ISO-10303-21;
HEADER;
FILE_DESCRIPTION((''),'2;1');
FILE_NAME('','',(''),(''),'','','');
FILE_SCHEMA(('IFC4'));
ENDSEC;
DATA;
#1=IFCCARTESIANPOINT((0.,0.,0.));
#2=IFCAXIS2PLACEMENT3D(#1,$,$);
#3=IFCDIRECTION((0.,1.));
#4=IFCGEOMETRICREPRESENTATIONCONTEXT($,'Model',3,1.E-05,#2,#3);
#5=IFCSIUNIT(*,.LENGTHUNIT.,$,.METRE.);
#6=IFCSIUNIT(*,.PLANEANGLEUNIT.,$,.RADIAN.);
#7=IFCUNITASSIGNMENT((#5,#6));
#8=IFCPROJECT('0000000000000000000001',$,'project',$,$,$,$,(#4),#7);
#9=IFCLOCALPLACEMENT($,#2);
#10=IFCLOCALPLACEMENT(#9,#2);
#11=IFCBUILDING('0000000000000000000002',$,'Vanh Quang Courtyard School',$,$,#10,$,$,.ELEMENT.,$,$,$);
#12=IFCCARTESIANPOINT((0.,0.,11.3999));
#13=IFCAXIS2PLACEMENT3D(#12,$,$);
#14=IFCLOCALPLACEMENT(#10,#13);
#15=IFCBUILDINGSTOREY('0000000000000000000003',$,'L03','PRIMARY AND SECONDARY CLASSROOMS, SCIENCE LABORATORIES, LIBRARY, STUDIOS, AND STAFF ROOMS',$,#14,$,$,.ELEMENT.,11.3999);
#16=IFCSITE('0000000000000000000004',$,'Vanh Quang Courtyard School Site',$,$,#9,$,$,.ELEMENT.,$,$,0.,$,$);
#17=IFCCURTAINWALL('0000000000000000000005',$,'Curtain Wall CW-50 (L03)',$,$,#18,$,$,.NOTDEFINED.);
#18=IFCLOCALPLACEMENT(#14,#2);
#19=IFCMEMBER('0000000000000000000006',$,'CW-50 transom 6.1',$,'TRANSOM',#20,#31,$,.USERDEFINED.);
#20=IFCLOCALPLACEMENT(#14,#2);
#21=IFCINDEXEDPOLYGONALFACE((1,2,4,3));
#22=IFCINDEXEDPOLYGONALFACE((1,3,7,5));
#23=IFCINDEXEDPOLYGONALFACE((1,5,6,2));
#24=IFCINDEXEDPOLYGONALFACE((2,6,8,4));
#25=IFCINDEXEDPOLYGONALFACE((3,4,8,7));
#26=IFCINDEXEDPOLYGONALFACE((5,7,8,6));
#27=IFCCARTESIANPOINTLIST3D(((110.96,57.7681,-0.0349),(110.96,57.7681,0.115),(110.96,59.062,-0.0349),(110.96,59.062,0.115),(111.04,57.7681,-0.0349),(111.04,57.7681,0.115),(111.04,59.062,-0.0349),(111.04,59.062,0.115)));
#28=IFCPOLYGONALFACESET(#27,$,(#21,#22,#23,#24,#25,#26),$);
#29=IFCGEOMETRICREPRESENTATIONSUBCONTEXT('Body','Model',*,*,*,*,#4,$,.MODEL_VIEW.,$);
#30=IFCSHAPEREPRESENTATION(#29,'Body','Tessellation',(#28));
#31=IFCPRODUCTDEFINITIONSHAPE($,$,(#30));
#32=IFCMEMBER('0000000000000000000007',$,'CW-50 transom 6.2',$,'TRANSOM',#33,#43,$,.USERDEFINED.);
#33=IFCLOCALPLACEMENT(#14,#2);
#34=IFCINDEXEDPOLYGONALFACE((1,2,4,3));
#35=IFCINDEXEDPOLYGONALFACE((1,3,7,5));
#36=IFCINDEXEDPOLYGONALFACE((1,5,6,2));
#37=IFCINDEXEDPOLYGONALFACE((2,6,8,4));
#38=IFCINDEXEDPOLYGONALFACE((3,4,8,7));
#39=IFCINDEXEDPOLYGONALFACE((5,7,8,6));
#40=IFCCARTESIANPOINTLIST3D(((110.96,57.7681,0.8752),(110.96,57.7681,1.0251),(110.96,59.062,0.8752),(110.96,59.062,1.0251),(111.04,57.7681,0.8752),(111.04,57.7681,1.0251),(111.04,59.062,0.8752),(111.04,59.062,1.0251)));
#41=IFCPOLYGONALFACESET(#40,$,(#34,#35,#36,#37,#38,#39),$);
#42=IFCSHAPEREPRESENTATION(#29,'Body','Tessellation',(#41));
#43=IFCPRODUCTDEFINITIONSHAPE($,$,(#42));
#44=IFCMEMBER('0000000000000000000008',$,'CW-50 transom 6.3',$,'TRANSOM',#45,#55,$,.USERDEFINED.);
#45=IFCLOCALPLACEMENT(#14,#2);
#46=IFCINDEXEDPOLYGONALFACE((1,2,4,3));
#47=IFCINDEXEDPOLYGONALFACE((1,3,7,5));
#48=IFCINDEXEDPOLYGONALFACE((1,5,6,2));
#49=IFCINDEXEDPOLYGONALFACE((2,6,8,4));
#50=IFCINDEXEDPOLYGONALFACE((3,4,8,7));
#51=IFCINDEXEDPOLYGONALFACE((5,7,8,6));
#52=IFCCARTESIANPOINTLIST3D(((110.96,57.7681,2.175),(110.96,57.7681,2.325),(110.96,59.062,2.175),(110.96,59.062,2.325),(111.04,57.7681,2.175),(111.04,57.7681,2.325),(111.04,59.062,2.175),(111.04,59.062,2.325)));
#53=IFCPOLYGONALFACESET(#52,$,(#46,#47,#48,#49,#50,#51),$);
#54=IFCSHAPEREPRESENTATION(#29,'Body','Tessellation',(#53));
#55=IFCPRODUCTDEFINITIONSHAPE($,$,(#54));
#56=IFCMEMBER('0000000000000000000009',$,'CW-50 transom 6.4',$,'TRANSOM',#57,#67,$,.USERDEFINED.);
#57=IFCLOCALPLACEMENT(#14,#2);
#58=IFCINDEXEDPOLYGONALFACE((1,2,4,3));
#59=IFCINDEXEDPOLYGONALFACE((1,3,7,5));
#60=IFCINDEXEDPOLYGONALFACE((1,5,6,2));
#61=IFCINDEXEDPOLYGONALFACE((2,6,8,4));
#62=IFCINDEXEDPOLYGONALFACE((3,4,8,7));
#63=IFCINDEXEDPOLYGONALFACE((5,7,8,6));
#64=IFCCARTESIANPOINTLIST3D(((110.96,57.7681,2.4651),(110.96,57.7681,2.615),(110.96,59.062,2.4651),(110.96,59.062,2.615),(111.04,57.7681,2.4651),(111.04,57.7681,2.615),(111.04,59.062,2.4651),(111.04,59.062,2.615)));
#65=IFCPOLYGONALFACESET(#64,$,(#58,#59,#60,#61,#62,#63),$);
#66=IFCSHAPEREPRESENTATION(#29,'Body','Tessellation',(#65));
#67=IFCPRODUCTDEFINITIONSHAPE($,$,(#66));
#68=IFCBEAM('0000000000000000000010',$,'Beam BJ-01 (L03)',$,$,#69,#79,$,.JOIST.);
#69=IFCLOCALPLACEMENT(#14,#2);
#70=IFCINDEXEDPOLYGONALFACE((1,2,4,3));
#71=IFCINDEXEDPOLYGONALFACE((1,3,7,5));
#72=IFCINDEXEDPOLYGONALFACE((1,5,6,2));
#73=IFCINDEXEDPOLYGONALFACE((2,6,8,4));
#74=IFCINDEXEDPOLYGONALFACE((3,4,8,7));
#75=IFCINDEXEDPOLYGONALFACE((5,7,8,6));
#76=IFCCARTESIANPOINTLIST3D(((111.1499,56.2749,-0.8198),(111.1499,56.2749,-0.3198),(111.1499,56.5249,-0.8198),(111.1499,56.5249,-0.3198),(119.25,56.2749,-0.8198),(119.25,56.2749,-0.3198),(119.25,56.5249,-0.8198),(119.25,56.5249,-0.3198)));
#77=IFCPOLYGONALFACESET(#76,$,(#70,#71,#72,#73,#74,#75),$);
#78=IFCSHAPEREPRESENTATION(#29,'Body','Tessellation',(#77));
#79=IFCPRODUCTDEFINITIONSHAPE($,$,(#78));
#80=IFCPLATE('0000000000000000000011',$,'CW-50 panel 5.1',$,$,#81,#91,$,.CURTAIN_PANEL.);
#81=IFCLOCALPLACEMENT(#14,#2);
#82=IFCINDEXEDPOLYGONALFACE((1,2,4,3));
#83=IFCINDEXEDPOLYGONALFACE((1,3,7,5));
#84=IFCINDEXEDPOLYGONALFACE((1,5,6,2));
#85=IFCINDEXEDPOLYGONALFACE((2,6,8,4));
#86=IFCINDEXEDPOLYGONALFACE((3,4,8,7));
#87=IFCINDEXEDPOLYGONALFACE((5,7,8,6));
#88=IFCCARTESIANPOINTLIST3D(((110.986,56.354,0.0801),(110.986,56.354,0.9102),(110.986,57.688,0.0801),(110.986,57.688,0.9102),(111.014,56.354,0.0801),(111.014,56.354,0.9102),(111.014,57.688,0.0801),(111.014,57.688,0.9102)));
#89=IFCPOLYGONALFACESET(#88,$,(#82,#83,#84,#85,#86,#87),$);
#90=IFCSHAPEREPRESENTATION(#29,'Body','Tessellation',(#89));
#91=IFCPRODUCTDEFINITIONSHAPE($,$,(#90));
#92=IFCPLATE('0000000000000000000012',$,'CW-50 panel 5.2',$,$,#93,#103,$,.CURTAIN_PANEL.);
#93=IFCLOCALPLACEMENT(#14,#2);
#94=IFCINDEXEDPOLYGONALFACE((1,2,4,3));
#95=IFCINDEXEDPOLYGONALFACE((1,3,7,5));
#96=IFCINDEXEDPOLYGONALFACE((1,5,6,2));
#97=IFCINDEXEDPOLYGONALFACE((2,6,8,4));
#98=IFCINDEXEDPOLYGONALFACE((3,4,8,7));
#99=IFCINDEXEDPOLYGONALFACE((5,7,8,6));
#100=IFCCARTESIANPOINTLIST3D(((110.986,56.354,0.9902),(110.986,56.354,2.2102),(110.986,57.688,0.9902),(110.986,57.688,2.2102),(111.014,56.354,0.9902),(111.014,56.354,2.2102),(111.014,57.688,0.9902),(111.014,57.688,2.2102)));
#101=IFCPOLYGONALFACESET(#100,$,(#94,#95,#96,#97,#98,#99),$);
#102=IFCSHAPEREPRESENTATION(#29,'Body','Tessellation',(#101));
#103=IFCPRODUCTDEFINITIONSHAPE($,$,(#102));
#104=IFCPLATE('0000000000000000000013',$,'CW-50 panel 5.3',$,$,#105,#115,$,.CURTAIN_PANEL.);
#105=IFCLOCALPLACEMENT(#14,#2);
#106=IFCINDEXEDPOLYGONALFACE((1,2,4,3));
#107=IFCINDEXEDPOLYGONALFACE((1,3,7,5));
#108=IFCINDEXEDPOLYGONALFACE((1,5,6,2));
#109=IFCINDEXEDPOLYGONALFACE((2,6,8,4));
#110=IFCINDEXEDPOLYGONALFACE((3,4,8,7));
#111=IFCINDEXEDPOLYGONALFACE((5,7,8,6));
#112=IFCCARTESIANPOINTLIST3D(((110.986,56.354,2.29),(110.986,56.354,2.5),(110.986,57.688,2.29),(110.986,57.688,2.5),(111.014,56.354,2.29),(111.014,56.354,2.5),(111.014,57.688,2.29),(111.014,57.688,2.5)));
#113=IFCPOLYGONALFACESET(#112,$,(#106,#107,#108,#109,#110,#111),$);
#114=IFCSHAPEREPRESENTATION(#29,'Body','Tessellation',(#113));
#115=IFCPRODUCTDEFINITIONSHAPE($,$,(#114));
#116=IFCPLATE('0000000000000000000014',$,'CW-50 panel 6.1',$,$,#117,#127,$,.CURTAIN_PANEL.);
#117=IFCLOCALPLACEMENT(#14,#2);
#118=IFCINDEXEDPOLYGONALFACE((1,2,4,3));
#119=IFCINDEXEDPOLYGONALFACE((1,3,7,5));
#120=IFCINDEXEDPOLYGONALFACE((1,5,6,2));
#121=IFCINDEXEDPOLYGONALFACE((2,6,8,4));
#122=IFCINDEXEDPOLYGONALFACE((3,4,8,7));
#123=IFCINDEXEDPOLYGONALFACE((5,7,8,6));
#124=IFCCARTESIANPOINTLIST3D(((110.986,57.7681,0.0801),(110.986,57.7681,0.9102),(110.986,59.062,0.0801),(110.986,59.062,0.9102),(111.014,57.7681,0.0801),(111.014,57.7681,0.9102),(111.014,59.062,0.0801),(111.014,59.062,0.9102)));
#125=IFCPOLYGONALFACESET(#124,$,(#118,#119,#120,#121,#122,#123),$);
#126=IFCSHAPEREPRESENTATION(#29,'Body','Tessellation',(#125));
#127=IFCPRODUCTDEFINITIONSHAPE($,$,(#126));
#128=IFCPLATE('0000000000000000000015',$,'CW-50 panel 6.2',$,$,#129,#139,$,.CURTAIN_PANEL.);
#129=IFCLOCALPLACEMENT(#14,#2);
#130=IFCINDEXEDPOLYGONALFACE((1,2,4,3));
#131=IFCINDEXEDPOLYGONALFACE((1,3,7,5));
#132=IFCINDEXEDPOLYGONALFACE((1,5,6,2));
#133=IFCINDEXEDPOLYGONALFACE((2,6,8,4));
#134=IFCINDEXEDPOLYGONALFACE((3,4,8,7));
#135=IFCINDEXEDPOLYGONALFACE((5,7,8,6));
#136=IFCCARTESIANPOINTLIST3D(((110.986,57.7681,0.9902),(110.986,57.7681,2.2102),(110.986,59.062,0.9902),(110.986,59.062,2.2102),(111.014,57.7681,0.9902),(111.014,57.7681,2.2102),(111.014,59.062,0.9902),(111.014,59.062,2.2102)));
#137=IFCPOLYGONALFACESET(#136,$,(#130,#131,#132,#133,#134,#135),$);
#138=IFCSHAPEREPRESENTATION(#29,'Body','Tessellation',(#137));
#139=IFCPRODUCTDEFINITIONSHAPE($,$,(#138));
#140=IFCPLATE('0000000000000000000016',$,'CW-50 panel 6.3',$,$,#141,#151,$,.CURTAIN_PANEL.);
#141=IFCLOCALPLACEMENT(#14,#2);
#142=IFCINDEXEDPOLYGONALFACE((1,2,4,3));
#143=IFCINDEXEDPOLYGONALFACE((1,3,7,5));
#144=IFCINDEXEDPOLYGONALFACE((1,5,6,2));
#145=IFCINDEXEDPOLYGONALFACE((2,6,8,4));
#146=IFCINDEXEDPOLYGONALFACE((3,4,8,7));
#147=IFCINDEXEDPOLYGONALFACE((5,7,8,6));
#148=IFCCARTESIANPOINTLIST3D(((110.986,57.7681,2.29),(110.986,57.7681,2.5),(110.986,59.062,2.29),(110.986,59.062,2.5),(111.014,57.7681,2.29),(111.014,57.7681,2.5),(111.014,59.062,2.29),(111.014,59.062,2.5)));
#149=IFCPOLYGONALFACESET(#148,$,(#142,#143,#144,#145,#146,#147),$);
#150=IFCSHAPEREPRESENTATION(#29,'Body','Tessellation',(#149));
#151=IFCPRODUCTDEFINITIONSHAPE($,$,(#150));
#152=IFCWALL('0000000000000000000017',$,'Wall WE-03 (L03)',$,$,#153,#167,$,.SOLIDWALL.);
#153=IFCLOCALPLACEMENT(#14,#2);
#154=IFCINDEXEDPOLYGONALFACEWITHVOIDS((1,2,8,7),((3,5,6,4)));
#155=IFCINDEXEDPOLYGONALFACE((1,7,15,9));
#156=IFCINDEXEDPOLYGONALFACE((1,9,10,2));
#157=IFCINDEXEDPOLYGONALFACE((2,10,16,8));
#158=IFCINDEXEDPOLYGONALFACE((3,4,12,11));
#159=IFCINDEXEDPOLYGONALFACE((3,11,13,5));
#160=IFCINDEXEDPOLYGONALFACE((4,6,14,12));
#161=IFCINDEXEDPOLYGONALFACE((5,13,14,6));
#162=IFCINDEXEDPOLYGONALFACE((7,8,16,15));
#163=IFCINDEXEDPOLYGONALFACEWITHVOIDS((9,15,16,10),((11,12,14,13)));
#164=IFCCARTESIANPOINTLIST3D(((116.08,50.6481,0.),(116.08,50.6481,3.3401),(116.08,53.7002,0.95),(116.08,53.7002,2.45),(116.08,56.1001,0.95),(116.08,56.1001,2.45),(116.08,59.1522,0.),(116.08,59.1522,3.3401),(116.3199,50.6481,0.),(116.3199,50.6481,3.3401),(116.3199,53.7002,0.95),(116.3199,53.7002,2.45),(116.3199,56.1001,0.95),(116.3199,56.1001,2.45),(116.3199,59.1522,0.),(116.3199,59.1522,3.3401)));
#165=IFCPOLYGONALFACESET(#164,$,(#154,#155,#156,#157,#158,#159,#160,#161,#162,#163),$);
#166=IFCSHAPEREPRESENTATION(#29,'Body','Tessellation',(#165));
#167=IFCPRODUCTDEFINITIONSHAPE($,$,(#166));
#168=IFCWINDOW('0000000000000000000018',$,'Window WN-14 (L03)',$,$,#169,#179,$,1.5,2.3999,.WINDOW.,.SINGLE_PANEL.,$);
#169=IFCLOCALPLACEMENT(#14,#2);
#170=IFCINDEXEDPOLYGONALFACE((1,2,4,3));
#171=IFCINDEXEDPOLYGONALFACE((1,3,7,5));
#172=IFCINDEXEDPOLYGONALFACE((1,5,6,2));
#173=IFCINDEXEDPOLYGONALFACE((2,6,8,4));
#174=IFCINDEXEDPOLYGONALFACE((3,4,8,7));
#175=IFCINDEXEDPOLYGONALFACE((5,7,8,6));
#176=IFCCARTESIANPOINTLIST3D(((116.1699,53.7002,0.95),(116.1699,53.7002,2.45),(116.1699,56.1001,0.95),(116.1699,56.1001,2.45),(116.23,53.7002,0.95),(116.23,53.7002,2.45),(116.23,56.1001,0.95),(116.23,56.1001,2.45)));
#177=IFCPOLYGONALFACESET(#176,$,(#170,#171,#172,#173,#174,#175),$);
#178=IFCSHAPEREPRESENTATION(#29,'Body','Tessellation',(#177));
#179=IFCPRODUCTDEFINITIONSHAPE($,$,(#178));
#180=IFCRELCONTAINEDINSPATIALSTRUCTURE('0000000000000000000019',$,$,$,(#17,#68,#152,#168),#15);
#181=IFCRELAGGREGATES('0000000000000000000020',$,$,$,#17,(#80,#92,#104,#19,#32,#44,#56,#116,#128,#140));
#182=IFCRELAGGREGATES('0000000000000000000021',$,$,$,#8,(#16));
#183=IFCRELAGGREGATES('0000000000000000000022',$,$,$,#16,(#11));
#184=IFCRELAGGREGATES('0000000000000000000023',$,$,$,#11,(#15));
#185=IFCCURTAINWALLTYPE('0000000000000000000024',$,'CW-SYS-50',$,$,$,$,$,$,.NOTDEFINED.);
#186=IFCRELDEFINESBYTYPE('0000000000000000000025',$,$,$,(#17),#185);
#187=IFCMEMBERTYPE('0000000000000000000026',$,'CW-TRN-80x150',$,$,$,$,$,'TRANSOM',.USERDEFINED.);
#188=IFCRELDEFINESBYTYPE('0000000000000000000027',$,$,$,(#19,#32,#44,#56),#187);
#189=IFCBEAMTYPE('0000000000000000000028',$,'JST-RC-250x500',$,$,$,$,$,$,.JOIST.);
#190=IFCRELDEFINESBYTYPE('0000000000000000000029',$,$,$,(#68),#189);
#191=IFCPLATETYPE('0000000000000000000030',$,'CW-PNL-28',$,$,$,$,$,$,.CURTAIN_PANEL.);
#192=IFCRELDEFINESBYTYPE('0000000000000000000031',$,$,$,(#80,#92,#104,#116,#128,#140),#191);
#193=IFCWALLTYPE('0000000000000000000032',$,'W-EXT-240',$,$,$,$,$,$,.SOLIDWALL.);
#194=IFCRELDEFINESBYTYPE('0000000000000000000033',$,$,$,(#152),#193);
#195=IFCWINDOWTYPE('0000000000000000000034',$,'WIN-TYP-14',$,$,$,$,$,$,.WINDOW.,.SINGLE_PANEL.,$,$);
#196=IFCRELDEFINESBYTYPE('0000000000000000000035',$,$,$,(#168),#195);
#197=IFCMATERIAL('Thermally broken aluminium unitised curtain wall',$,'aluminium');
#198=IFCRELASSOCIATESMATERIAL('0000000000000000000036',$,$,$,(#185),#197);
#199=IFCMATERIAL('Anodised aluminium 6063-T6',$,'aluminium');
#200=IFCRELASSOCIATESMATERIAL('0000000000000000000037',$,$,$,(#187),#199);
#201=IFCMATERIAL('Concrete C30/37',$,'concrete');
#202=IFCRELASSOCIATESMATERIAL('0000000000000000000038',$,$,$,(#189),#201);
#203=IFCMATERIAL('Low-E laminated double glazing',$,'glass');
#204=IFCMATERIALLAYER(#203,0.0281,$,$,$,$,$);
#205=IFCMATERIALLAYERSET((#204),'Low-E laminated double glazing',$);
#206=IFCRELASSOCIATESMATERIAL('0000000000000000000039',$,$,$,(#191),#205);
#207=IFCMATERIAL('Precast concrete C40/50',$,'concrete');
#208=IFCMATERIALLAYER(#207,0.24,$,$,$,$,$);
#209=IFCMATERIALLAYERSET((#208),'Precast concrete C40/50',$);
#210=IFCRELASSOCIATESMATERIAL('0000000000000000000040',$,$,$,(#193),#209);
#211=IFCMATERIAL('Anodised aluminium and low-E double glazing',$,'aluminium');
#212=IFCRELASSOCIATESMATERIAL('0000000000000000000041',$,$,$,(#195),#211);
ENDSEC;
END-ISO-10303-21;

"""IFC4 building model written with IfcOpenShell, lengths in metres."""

from ifc_helpers import new_model, si_unit, direction, frame, frame_2d, origin, origin_2d, place, context, subcontext, project, spatial, rectangle, extrude, material, layer, layer_set, material_profile, profile_set, type_object, element, fill, aggregate, save


model = new_model("IFC4")

# Units and contexts
model_context = context("Model", 3, precision=1e-05, world=origin(), true_north=direction((0.0, 1.0)))
body_context = subcontext(model_context, "Body", "Model", "MODEL_VIEW")
ifc_project = project(units=[si_unit("LENGTHUNIT", "METRE"), si_unit("PLANEANGLEUNIT", "RADIAN")], contexts=[model_context])

# Site, building, storey
site_placement = place(None, origin())
site = spatial("IfcSite", under=ifc_project, at=site_placement, Name="Vanh Quang Courtyard School Site", CompositionType="ELEMENT", RefElevation=0.0)
building_placement = place(site_placement, origin())
building = spatial("IfcBuilding", under=site, at=building_placement, Name="Vanh Quang Courtyard School", CompositionType="ELEMENT")
storey_placement = place(building_placement, frame((0.0, 0.0, 11.3999)))
storey = spatial("IfcBuildingStorey", under=building, at=storey_placement, Name="L03", Description="PRIMARY AND SECONDARY CLASSROOMS, SCIENCE LABORATORIES, LIBRARY, STUDIOS, AND STAFF ROOMS", CompositionType="ELEMENT", Elevation=11.3999)

# Shared definitions
ifc_material_1 = material(Name="Thermally broken aluminium unitised curtain wall", Category="aluminium")
ifc_material_2 = material(Name="Anodised aluminium 6063-T6", Category="aluminium")

# Curtain wall, members
curtain_wall_type_1 = type_object("IfcCurtainWallType", Name="CW-SYS-50", PredefinedType="NOTDEFINED", material=ifc_material_1)
curtain_wall_1_placement = place(storey_placement, origin())
curtain_wall_1 = element("IfcCurtainWall", 1, at=curtain_wall_1_placement, inside=storey, type_object=curtain_wall_type_1, Name="Curtain Wall CW-50 (L03)", PredefinedType="NOTDEFINED")
ifc_material_profile_1 = material_profile(ifc_material_2, rectangle(XDim=0.0801, YDim=0.1499, at=origin_2d()), Name="ALU-TRN 80x150")
ifc_profile_set_1 = profile_set([ifc_material_profile_1], Name="Anodised aluminium 6063-T6")
member_type_1 = type_object("IfcMemberType", Name="CW-TRN-80x150", ElementType="TRANSOM", PredefinedType="USERDEFINED", material=ifc_profile_set_1)
member_1_placement = place(storey_placement, frame((111.0, 57.7681, 0.04), z_axis=(0.0, 1.0, 0.0), x_axis=(-1.0, 0.0, 0.0)))
member_1 = element("IfcMember", 2, at=member_1_placement, type_object=member_type_1, Name="CW-50 transom 6.1", ObjectType="TRANSOM", PredefinedType="USERDEFINED", context=body_context, shape_type="SweptSolid", body=[
    extrude(rectangle(XDim=0.0801, YDim=0.1499, at=origin_2d()), origin(), (0.0, 0.0, 1.0), 1.2939),
])
member_2_placement = place(storey_placement, frame((111.0, 57.7681, 0.9502), z_axis=(0.0, 1.0, 0.0), x_axis=(-1.0, 0.0, 0.0)))
member_2 = element("IfcMember", 3, at=member_2_placement, type_object=member_type_1, Name="CW-50 transom 6.2", ObjectType="TRANSOM", PredefinedType="USERDEFINED", context=body_context, shape_type="SweptSolid", body=[
    extrude(rectangle(XDim=0.0801, YDim=0.1499, at=origin_2d()), origin(), (0.0, 0.0, 1.0), 1.2939),
])
member_3_placement = place(storey_placement, frame((111.0, 57.7681, 2.25), z_axis=(0.0, 1.0, 0.0), x_axis=(-1.0, 0.0, 0.0)))
member_3 = element("IfcMember", 4, at=member_3_placement, type_object=member_type_1, Name="CW-50 transom 6.3", ObjectType="TRANSOM", PredefinedType="USERDEFINED", context=body_context, shape_type="SweptSolid", body=[
    extrude(rectangle(XDim=0.0801, YDim=0.1499, at=origin_2d()), origin(), (0.0, 0.0, 1.0), 1.2939),
])
member_4_placement = place(storey_placement, frame((111.0, 57.7681, 2.54), z_axis=(0.0, 1.0, 0.0), x_axis=(-1.0, 0.0, 0.0)))
member_4 = element("IfcMember", 5, at=member_4_placement, type_object=member_type_1, Name="CW-50 transom 6.4", ObjectType="TRANSOM", PredefinedType="USERDEFINED", context=body_context, shape_type="SweptSolid", body=[
    extrude(rectangle(XDim=0.0801, YDim=0.1499, at=origin_2d()), origin(), (0.0, 0.0, 1.0), 1.2939),
])

# Beam
ifc_material_3 = material(Name="Concrete C30/37", Category="concrete")
ifc_material_profile_2 = material_profile(ifc_material_3, rectangle(XDim=0.25, YDim=0.5, at=origin_2d()), Name="RC-JST 250x500")
ifc_profile_set_2 = profile_set([ifc_material_profile_2], Name="Concrete C30/37")
beam_type_1 = type_object("IfcBeamType", Name="JST-RC-250x500", PredefinedType="JOIST", material=ifc_profile_set_2)
beam_1_placement = place(storey_placement, frame((111.1499, 56.3999, -0.5698), z_axis=(1.0, 0.0, 0.0), x_axis=(0.0, 1.0, 0.0)))
element("IfcBeam", 6, at=beam_1_placement, inside=storey, type_object=beam_type_1, Name="Beam BJ-01 (L03)", PredefinedType="JOIST", context=body_context, shape_type="SweptSolid", body=[
    extrude(rectangle(XDim=0.25, YDim=0.5, at=origin_2d()), origin(), (0.0, 0.0, 1.0), 8.1001),
])

# Plates
ifc_material_4 = material(Name="Low-E laminated double glazing", Category="glass")
ifc_layer_1 = layer(ifc_material_4, 0.0281)
ifc_layer_set_1 = layer_set([ifc_layer_1], Name="Low-E laminated double glazing")
plate_type = type_object("IfcPlateType", Name="CW-PNL-28", PredefinedType="CURTAIN_PANEL", material=ifc_layer_set_1)
plate_1_placement = place(storey_placement, frame((111.0, 57.021, 0.0801), z_axis=(0.0, 0.0, 1.0), x_axis=(0.0, 1.0, 0.0)))
plate_1 = element("IfcPlate", 7, at=plate_1_placement, type_object=plate_type, Name="CW-50 panel 5.1", PredefinedType="CURTAIN_PANEL", context=body_context, shape_type="SweptSolid", body=[
    extrude(rectangle(XDim=1.334, YDim=0.0281, at=origin_2d()), origin(), (0.0, 0.0, 1.0), 0.8301),
])
plate_2_placement = place(storey_placement, frame((111.0, 57.021, 0.9902), z_axis=(0.0, 0.0, 1.0), x_axis=(0.0, 1.0, 0.0)))
plate_2 = element("IfcPlate", 8, at=plate_2_placement, type_object=plate_type, Name="CW-50 panel 5.2", PredefinedType="CURTAIN_PANEL", context=body_context, shape_type="SweptSolid", body=[
    extrude(rectangle(XDim=1.334, YDim=0.0281, at=origin_2d()), origin(), (0.0, 0.0, 1.0), 1.22),
])
plate_3_placement = place(storey_placement, frame((111.0, 57.021, 2.29), z_axis=(0.0, 0.0, 1.0), x_axis=(0.0, 1.0, 0.0)))
plate_3 = element("IfcPlate", 9, at=plate_3_placement, type_object=plate_type, Name="CW-50 panel 5.3", PredefinedType="CURTAIN_PANEL", context=body_context, shape_type="SweptSolid", body=[
    extrude(rectangle(XDim=1.334, YDim=0.0281, at=origin_2d()), origin(), (0.0, 0.0, 1.0), 0.21),
])
plate_4_placement = place(storey_placement, frame((111.0, 58.415, 0.0801), z_axis=(0.0, 0.0, 1.0), x_axis=(0.0, 1.0, 0.0)))
plate_4 = element("IfcPlate", 10, at=plate_4_placement, type_object=plate_type, Name="CW-50 panel 6.1", PredefinedType="CURTAIN_PANEL", context=body_context, shape_type="SweptSolid", body=[
    extrude(rectangle(XDim=1.2939, YDim=0.0281, at=origin_2d()), origin(), (0.0, 0.0, 1.0), 0.8301),
])
plate_5_placement = place(storey_placement, frame((111.0, 58.415, 0.9902), z_axis=(0.0, 0.0, 1.0), x_axis=(0.0, 1.0, 0.0)))
plate_5 = element("IfcPlate", 11, at=plate_5_placement, type_object=plate_type, Name="CW-50 panel 6.2", PredefinedType="CURTAIN_PANEL", context=body_context, shape_type="SweptSolid", body=[
    extrude(rectangle(XDim=1.2939, YDim=0.0281, at=origin_2d()), origin(), (0.0, 0.0, 1.0), 1.22),
])
plate_6_placement = place(storey_placement, frame((111.0, 58.415, 2.29), z_axis=(0.0, 0.0, 1.0), x_axis=(0.0, 1.0, 0.0)))
plate_6 = element("IfcPlate", 12, at=plate_6_placement, type_object=plate_type, Name="CW-50 panel 6.3", PredefinedType="CURTAIN_PANEL", context=body_context, shape_type="SweptSolid", body=[
    extrude(rectangle(XDim=1.2939, YDim=0.0281, at=origin_2d()), origin(), (0.0, 0.0, 1.0), 0.21),
])
aggregate(curtain_wall_1, [plate_1, plate_2, plate_3, member_1, member_2, member_3, member_4, plate_4, plate_5, plate_6])

# Wall, opening, window
ifc_material_5 = material(Name="Precast concrete C40/50", Category="concrete")
ifc_layer_2 = layer(ifc_material_5, 0.24)
ifc_layer_set_2 = layer_set([ifc_layer_2], Name="Precast concrete C40/50")
wall_type_1 = type_object("IfcWallType", Name="W-EXT-240", PredefinedType="SOLIDWALL", material=ifc_layer_set_2)
wall_1_placement = place(storey_placement, frame((116.2, 59.1521, 0.0), z_axis=(0.0, 0.0, 1.0), x_axis=(0.0, -1.0, 0.0)))
wall_1 = element("IfcWall", 13, at=wall_1_placement, inside=storey, type_object=wall_type_1, Name="Wall WE-03 (L03)", PredefinedType="SOLIDWALL", context=body_context, shape_type="SweptSolid", body=[
    extrude(rectangle(XDim=8.5042, YDim=0.24, at=frame_2d((4.252, 0.0))), origin(), (0.0, 0.0, 1.0), 3.3401),
])
opening_1_placement = place(wall_1_placement, frame((3.052, 0.0, 0.95)))
opening_1 = element("IfcOpeningElement", 14, at=opening_1_placement, cuts=wall_1, PredefinedType="OPENING", context=body_context, shape_type="SweptSolid", body=[
    extrude(rectangle(XDim=2.3999, YDim=1.5, at=frame_2d((1.2, 0.75))), frame((0.0, 0.1299, 0.0), z_axis=(0.0, -1.0, 0.0), x_axis=(1.0, 0.0, 0.0)), (0.0, 0.0, 1.0), 0.26),
])
ifc_material_6 = material(Name="Anodised aluminium and low-E double glazing", Category="aluminium")
window_type = type_object("IfcWindowType", Name="WIN-TYP-14", PartitioningType="SINGLE_PANEL", PredefinedType="WINDOW", material=ifc_material_6)
window_placement = place(opening_1_placement, origin())
window = element("IfcWindow", 15, at=window_placement, inside=storey, type_object=window_type, Name="Window WN-14 (L03)", OverallHeight=1.5, OverallWidth=2.3999, PartitioningType="SINGLE_PANEL", PredefinedType="WINDOW", context=body_context, shape_type="SweptSolid", body=[
    extrude(rectangle(XDim=2.3999, YDim=1.5, at=frame_2d((1.2, 0.75))), frame((0.0, 0.03, 0.0), z_axis=(0.0, -1.0, 0.0), x_axis=(1.0, 0.0, 0.0)), (0.0, 0.0, 1.0), 0.0601),
])
fill(opening_1, window)

save(model, "model.ifc")
